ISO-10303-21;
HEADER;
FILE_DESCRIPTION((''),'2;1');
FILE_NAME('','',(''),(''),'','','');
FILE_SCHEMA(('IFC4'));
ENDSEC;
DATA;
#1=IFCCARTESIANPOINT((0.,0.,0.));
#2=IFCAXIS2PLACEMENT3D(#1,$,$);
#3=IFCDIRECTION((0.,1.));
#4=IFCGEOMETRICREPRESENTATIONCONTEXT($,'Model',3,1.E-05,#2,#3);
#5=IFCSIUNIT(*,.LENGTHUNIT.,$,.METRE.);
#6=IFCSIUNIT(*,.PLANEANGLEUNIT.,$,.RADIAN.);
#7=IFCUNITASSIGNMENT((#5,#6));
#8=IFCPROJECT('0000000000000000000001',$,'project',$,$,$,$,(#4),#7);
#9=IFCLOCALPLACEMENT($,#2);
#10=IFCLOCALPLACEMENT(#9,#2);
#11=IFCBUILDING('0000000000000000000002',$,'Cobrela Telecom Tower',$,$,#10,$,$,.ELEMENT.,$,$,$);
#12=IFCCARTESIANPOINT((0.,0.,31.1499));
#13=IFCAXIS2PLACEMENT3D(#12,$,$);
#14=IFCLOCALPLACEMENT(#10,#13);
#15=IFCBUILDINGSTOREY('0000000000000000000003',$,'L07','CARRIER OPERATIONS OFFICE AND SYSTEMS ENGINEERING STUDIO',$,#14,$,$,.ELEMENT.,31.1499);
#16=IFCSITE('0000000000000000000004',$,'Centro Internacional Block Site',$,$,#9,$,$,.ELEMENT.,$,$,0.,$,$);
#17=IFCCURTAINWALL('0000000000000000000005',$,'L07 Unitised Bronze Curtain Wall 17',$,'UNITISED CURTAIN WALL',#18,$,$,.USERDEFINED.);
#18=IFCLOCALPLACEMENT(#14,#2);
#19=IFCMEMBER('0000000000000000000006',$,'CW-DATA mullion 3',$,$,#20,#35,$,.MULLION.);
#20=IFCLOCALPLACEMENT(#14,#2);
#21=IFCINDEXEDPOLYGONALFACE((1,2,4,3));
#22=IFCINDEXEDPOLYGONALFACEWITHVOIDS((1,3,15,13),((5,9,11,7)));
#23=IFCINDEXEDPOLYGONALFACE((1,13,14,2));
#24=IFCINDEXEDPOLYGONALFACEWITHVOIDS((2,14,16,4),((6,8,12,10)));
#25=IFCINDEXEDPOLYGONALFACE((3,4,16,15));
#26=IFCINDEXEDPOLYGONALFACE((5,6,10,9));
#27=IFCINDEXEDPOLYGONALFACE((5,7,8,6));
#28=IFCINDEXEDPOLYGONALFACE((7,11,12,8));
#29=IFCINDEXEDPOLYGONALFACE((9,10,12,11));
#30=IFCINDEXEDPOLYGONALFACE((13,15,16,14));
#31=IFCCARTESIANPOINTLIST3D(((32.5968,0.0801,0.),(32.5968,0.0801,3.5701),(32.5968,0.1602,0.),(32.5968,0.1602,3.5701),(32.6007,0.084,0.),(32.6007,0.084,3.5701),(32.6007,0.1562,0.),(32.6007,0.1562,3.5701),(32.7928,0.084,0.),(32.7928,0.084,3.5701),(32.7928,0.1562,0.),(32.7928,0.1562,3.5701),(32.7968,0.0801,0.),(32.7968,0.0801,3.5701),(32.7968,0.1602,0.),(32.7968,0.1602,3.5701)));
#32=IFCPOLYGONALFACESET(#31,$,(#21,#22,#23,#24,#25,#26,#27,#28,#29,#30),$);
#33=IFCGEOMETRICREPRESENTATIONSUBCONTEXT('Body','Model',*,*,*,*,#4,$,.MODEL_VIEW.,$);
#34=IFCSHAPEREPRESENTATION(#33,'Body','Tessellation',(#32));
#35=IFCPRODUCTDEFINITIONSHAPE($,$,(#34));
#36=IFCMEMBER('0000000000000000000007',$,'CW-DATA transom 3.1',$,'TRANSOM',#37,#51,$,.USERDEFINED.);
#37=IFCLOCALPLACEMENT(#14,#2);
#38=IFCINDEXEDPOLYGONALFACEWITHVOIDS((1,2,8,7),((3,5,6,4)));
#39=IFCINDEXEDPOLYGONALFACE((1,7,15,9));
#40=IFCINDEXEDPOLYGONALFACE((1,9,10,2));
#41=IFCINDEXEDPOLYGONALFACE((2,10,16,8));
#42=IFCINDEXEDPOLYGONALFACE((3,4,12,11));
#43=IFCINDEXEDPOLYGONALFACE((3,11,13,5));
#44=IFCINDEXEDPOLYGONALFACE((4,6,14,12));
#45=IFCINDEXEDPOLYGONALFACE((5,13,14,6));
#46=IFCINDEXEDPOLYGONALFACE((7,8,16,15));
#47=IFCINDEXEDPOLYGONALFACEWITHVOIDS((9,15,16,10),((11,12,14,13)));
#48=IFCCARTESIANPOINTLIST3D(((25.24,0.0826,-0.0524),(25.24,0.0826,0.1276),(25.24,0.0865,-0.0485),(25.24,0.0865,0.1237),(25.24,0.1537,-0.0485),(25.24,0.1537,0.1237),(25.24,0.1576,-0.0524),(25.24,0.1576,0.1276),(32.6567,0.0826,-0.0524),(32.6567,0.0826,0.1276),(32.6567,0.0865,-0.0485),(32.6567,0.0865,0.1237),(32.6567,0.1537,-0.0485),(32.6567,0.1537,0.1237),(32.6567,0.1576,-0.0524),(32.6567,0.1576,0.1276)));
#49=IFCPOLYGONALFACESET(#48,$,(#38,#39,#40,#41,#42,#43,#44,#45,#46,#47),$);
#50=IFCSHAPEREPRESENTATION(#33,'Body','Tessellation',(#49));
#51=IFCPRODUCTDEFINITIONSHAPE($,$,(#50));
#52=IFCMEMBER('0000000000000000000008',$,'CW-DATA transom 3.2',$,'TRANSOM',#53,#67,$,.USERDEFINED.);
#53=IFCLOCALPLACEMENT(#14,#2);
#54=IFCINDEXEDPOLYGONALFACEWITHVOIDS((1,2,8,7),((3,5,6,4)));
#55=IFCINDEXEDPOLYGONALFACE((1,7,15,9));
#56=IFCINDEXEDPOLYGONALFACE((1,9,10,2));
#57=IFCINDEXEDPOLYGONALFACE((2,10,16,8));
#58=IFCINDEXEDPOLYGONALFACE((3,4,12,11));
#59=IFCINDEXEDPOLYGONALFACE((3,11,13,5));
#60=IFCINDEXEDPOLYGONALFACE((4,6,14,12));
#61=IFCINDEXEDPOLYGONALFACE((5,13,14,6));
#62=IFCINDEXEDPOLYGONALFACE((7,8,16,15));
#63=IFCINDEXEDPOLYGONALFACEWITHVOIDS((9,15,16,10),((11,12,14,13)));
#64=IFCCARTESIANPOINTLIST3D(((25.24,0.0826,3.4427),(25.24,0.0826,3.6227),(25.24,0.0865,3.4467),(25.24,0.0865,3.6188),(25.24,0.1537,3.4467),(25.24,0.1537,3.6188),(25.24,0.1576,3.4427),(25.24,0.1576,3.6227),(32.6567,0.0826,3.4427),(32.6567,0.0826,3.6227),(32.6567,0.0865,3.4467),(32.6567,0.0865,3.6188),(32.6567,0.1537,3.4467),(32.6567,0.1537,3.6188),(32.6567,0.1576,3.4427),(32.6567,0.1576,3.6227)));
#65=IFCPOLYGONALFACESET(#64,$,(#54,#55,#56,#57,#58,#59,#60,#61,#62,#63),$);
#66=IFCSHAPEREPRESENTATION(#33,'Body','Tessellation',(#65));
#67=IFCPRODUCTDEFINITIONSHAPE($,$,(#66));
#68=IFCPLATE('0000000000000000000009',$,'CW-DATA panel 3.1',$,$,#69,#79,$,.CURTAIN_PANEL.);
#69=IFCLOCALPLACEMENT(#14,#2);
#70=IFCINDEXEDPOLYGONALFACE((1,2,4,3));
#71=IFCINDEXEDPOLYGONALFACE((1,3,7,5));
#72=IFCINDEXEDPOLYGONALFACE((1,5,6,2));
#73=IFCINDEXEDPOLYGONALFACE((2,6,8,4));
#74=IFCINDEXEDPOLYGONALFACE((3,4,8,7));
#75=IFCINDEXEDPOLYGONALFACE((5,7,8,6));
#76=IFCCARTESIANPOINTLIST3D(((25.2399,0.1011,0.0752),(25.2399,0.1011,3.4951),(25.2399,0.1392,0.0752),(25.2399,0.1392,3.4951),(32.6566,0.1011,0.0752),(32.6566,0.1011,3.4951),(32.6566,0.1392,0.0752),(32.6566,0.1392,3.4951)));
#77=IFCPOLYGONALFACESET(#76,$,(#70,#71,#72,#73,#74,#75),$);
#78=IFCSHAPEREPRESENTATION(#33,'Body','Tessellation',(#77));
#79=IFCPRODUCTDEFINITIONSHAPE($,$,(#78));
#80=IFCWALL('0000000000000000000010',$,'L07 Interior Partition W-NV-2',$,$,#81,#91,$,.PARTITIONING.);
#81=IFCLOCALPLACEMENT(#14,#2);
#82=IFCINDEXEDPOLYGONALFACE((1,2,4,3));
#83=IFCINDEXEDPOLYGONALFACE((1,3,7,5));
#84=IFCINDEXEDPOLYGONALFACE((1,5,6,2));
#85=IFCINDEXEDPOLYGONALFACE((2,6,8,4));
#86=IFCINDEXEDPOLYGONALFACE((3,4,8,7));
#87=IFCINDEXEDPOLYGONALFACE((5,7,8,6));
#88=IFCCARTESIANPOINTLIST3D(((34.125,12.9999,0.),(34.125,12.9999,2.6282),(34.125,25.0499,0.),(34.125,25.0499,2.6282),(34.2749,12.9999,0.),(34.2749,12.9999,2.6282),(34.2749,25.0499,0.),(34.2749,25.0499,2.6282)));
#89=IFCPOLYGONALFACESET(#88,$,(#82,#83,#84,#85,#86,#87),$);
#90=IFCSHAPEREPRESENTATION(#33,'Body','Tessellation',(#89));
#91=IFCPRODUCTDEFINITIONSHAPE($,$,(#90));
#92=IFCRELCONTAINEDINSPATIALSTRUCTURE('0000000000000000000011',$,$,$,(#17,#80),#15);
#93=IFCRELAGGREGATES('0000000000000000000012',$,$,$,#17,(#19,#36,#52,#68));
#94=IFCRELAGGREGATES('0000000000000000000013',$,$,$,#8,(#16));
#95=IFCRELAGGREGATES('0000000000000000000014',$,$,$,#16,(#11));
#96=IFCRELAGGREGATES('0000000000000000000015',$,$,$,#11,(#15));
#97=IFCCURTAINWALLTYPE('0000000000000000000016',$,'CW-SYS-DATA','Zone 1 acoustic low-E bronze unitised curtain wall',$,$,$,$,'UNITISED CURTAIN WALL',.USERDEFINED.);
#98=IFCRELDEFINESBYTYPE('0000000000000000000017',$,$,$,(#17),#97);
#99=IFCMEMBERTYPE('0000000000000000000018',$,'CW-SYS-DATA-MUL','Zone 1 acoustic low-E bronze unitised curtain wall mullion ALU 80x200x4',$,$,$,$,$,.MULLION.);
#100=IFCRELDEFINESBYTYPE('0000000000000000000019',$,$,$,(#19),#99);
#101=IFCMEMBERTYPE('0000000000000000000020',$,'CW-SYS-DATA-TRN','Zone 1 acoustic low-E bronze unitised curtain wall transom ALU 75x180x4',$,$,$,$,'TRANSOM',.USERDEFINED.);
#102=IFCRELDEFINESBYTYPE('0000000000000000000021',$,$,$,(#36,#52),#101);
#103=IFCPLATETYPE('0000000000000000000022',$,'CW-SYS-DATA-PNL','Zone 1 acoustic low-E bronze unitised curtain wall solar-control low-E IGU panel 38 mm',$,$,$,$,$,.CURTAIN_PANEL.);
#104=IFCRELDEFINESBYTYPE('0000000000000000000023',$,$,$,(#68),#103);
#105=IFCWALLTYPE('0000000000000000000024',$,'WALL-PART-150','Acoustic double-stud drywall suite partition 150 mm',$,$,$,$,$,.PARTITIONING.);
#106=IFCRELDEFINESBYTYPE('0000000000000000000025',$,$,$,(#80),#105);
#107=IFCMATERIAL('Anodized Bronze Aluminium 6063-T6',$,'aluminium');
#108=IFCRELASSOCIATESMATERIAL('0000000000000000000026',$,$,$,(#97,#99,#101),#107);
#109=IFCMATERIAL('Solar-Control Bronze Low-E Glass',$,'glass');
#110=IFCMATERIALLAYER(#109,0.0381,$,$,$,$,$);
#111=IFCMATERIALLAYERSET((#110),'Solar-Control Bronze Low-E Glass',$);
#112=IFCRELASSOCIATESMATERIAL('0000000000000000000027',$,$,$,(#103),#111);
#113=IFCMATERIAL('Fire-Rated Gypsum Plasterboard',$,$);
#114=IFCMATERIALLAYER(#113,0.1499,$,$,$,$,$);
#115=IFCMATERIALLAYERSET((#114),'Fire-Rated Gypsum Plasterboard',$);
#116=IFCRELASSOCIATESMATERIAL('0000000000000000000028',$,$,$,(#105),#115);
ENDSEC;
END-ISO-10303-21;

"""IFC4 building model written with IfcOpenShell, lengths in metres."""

from ifc_helpers import new_model, si_unit, direction, frame, frame_2d, origin, origin_2d, place, context, subcontext, project, spatial, rectangle, hollow_rectangle, extrude, material, layer, layer_set, material_profile, profile_set, type_object, element, aggregate, save


model = new_model("IFC4")

# Units and contexts
model_context = context("Model", 3, precision=1e-05, world=origin(), true_north=direction((0.0, 1.0)))
body_context = subcontext(model_context, "Body", "Model", "MODEL_VIEW")
ifc_project = project(units=[si_unit("LENGTHUNIT", "METRE"), si_unit("PLANEANGLEUNIT", "RADIAN")], contexts=[model_context])

# Site, building, storey
site_placement = place(None, origin())
site = spatial("IfcSite", under=ifc_project, at=site_placement, Name="Centro Internacional Block Site", CompositionType="ELEMENT", RefElevation=0.0)
building_placement = place(site_placement, origin())
building = spatial("IfcBuilding", under=site, at=building_placement, Name="Cobrela Telecom Tower", CompositionType="ELEMENT")
storey_placement = place(building_placement, frame((0.0, 0.0, 31.1499)))
storey = spatial("IfcBuildingStorey", under=building, at=storey_placement, Name="L07", Description="CARRIER OPERATIONS OFFICE AND SYSTEMS ENGINEERING STUDIO", CompositionType="ELEMENT", Elevation=31.1499)

# Curtain wall, members, plate
ifc_material_1 = material(Name="Anodized Bronze Aluminium 6063-T6", Category="aluminium")
curtain_wall_type = type_object("IfcCurtainWallType", Name="CW-SYS-DATA", Description="Zone 1 acoustic low-E bronze unitised curtain wall", ElementType="UNITISED CURTAIN WALL", PredefinedType="USERDEFINED", material=ifc_material_1)
curtain_wall_placement = place(storey_placement, origin())
curtain_wall = element("IfcCurtainWall", 1, at=curtain_wall_placement, inside=storey, type_object=curtain_wall_type, Name="L07 Unitised Bronze Curtain Wall 17", ObjectType="UNITISED CURTAIN WALL", PredefinedType="USERDEFINED")
ifc_material_profile_1 = material_profile(ifc_material_1, hollow_rectangle(XDim=0.0801, YDim=0.2, WallThickness=0.0039, at=origin_2d()), Name="ALU 80x200x4")
ifc_profile_set_1 = profile_set([ifc_material_profile_1], Name="Anodized Bronze Aluminium 6063-T6")
member_type_1 = type_object("IfcMemberType", Name="CW-SYS-DATA-MUL", Description="Zone 1 acoustic low-E bronze unitised curtain wall mullion ALU 80x200x4", PredefinedType="MULLION", material=ifc_profile_set_1)
member_1_placement = place(storey_placement, frame((32.6968, 0.1201, 0.0), z_axis=(0.0, 0.0, 1.0), x_axis=(0.0, -1.0, 0.0)))
member_1 = element("IfcMember", 2, at=member_1_placement, type_object=member_type_1, Name="CW-DATA mullion 3", PredefinedType="MULLION", context=body_context, shape_type="SweptSolid", body=[
    extrude(hollow_rectangle(XDim=0.0801, YDim=0.2, WallThickness=0.0039, at=origin_2d()), origin(), (0.0, 0.0, 1.0), 3.5701),
])
ifc_material_profile_2 = material_profile(ifc_material_1, hollow_rectangle(XDim=0.075, YDim=0.1799, WallThickness=0.0039, at=origin_2d()), Name="ALU 75x180x4")
ifc_profile_set_2 = profile_set([ifc_material_profile_2], Name="Anodized Bronze Aluminium 6063-T6")
member_type_2 = type_object("IfcMemberType", Name="CW-SYS-DATA-TRN", Description="Zone 1 acoustic low-E bronze unitised curtain wall transom ALU 75x180x4", ElementType="TRANSOM", PredefinedType="USERDEFINED", material=ifc_profile_set_2)
member_2_placement = place(storey_placement, frame((32.6567, 0.1201, 0.0376), z_axis=(-1.0, 0.0, 0.0), x_axis=(0.0, -1.0, 0.0)))
member_2 = element("IfcMember", 3, at=member_2_placement, type_object=member_type_2, Name="CW-DATA transom 3.1", ObjectType="TRANSOM", PredefinedType="USERDEFINED", context=body_context, shape_type="SweptSolid", body=[
    extrude(hollow_rectangle(XDim=0.075, YDim=0.1799, WallThickness=0.0039, at=origin_2d()), origin(), (0.0, 0.0, 1.0), 7.4167),
])
member_3_placement = place(storey_placement, frame((32.6567, 0.1201, 3.5327), z_axis=(-1.0, 0.0, 0.0), x_axis=(0.0, -1.0, 0.0)))
member_3 = element("IfcMember", 4, at=member_3_placement, type_object=member_type_2, Name="CW-DATA transom 3.2", ObjectType="TRANSOM", PredefinedType="USERDEFINED", context=body_context, shape_type="SweptSolid", body=[
    extrude(hollow_rectangle(XDim=0.075, YDim=0.1799, WallThickness=0.0039, at=origin_2d()), origin(), (0.0, 0.0, 1.0), 7.4167),
])
ifc_material_2 = material(Name="Solar-Control Bronze Low-E Glass", Category="glass")
ifc_layer_1 = layer(ifc_material_2, 0.0381)
ifc_layer_set_1 = layer_set([ifc_layer_1], Name="Solar-Control Bronze Low-E Glass")
plate_type = type_object("IfcPlateType", Name="CW-SYS-DATA-PNL", Description="Zone 1 acoustic low-E bronze unitised curtain wall solar-control low-E IGU panel 38 mm", PredefinedType="CURTAIN_PANEL", material=ifc_layer_set_1)
plate_placement = place(storey_placement, frame((28.9482, 0.1201, 0.0752), z_axis=(0.0, 0.0, 1.0), x_axis=(-1.0, 0.0, 0.0)))
plate = element("IfcPlate", 5, at=plate_placement, type_object=plate_type, Name="CW-DATA panel 3.1", PredefinedType="CURTAIN_PANEL", context=body_context, shape_type="SweptSolid", body=[
    extrude(rectangle(XDim=7.4167, YDim=0.0381, at=origin_2d()), origin(), (0.0, 0.0, 1.0), 3.4199),
])
aggregate(curtain_wall, [member_1, member_2, member_3, plate])

# Wall
ifc_material_3 = material(Name="Fire-Rated Gypsum Plasterboard")
ifc_layer_2 = layer(ifc_material_3, 0.1499)
ifc_layer_set_2 = layer_set([ifc_layer_2], Name="Fire-Rated Gypsum Plasterboard")
wall_type = type_object("IfcWallType", Name="WALL-PART-150", Description="Acoustic double-stud drywall suite partition 150 mm", PredefinedType="PARTITIONING", material=ifc_layer_set_2)
wall_placement = place(storey_placement, frame((34.2, 13.0, 0.0), z_axis=(0.0, 0.0, 1.0), x_axis=(0.0, 1.0, 0.0)))
element("IfcWall", 6, at=wall_placement, inside=storey, type_object=wall_type, Name="L07 Interior Partition W-NV-2", PredefinedType="PARTITIONING", context=body_context, shape_type="SweptSolid", body=[
    extrude(rectangle(XDim=12.05, YDim=0.1499, at=frame_2d((6.0249, 0.0))), origin(), (0.0, 0.0, 1.0), 2.6282),
])

save(model, "model.ifc")
